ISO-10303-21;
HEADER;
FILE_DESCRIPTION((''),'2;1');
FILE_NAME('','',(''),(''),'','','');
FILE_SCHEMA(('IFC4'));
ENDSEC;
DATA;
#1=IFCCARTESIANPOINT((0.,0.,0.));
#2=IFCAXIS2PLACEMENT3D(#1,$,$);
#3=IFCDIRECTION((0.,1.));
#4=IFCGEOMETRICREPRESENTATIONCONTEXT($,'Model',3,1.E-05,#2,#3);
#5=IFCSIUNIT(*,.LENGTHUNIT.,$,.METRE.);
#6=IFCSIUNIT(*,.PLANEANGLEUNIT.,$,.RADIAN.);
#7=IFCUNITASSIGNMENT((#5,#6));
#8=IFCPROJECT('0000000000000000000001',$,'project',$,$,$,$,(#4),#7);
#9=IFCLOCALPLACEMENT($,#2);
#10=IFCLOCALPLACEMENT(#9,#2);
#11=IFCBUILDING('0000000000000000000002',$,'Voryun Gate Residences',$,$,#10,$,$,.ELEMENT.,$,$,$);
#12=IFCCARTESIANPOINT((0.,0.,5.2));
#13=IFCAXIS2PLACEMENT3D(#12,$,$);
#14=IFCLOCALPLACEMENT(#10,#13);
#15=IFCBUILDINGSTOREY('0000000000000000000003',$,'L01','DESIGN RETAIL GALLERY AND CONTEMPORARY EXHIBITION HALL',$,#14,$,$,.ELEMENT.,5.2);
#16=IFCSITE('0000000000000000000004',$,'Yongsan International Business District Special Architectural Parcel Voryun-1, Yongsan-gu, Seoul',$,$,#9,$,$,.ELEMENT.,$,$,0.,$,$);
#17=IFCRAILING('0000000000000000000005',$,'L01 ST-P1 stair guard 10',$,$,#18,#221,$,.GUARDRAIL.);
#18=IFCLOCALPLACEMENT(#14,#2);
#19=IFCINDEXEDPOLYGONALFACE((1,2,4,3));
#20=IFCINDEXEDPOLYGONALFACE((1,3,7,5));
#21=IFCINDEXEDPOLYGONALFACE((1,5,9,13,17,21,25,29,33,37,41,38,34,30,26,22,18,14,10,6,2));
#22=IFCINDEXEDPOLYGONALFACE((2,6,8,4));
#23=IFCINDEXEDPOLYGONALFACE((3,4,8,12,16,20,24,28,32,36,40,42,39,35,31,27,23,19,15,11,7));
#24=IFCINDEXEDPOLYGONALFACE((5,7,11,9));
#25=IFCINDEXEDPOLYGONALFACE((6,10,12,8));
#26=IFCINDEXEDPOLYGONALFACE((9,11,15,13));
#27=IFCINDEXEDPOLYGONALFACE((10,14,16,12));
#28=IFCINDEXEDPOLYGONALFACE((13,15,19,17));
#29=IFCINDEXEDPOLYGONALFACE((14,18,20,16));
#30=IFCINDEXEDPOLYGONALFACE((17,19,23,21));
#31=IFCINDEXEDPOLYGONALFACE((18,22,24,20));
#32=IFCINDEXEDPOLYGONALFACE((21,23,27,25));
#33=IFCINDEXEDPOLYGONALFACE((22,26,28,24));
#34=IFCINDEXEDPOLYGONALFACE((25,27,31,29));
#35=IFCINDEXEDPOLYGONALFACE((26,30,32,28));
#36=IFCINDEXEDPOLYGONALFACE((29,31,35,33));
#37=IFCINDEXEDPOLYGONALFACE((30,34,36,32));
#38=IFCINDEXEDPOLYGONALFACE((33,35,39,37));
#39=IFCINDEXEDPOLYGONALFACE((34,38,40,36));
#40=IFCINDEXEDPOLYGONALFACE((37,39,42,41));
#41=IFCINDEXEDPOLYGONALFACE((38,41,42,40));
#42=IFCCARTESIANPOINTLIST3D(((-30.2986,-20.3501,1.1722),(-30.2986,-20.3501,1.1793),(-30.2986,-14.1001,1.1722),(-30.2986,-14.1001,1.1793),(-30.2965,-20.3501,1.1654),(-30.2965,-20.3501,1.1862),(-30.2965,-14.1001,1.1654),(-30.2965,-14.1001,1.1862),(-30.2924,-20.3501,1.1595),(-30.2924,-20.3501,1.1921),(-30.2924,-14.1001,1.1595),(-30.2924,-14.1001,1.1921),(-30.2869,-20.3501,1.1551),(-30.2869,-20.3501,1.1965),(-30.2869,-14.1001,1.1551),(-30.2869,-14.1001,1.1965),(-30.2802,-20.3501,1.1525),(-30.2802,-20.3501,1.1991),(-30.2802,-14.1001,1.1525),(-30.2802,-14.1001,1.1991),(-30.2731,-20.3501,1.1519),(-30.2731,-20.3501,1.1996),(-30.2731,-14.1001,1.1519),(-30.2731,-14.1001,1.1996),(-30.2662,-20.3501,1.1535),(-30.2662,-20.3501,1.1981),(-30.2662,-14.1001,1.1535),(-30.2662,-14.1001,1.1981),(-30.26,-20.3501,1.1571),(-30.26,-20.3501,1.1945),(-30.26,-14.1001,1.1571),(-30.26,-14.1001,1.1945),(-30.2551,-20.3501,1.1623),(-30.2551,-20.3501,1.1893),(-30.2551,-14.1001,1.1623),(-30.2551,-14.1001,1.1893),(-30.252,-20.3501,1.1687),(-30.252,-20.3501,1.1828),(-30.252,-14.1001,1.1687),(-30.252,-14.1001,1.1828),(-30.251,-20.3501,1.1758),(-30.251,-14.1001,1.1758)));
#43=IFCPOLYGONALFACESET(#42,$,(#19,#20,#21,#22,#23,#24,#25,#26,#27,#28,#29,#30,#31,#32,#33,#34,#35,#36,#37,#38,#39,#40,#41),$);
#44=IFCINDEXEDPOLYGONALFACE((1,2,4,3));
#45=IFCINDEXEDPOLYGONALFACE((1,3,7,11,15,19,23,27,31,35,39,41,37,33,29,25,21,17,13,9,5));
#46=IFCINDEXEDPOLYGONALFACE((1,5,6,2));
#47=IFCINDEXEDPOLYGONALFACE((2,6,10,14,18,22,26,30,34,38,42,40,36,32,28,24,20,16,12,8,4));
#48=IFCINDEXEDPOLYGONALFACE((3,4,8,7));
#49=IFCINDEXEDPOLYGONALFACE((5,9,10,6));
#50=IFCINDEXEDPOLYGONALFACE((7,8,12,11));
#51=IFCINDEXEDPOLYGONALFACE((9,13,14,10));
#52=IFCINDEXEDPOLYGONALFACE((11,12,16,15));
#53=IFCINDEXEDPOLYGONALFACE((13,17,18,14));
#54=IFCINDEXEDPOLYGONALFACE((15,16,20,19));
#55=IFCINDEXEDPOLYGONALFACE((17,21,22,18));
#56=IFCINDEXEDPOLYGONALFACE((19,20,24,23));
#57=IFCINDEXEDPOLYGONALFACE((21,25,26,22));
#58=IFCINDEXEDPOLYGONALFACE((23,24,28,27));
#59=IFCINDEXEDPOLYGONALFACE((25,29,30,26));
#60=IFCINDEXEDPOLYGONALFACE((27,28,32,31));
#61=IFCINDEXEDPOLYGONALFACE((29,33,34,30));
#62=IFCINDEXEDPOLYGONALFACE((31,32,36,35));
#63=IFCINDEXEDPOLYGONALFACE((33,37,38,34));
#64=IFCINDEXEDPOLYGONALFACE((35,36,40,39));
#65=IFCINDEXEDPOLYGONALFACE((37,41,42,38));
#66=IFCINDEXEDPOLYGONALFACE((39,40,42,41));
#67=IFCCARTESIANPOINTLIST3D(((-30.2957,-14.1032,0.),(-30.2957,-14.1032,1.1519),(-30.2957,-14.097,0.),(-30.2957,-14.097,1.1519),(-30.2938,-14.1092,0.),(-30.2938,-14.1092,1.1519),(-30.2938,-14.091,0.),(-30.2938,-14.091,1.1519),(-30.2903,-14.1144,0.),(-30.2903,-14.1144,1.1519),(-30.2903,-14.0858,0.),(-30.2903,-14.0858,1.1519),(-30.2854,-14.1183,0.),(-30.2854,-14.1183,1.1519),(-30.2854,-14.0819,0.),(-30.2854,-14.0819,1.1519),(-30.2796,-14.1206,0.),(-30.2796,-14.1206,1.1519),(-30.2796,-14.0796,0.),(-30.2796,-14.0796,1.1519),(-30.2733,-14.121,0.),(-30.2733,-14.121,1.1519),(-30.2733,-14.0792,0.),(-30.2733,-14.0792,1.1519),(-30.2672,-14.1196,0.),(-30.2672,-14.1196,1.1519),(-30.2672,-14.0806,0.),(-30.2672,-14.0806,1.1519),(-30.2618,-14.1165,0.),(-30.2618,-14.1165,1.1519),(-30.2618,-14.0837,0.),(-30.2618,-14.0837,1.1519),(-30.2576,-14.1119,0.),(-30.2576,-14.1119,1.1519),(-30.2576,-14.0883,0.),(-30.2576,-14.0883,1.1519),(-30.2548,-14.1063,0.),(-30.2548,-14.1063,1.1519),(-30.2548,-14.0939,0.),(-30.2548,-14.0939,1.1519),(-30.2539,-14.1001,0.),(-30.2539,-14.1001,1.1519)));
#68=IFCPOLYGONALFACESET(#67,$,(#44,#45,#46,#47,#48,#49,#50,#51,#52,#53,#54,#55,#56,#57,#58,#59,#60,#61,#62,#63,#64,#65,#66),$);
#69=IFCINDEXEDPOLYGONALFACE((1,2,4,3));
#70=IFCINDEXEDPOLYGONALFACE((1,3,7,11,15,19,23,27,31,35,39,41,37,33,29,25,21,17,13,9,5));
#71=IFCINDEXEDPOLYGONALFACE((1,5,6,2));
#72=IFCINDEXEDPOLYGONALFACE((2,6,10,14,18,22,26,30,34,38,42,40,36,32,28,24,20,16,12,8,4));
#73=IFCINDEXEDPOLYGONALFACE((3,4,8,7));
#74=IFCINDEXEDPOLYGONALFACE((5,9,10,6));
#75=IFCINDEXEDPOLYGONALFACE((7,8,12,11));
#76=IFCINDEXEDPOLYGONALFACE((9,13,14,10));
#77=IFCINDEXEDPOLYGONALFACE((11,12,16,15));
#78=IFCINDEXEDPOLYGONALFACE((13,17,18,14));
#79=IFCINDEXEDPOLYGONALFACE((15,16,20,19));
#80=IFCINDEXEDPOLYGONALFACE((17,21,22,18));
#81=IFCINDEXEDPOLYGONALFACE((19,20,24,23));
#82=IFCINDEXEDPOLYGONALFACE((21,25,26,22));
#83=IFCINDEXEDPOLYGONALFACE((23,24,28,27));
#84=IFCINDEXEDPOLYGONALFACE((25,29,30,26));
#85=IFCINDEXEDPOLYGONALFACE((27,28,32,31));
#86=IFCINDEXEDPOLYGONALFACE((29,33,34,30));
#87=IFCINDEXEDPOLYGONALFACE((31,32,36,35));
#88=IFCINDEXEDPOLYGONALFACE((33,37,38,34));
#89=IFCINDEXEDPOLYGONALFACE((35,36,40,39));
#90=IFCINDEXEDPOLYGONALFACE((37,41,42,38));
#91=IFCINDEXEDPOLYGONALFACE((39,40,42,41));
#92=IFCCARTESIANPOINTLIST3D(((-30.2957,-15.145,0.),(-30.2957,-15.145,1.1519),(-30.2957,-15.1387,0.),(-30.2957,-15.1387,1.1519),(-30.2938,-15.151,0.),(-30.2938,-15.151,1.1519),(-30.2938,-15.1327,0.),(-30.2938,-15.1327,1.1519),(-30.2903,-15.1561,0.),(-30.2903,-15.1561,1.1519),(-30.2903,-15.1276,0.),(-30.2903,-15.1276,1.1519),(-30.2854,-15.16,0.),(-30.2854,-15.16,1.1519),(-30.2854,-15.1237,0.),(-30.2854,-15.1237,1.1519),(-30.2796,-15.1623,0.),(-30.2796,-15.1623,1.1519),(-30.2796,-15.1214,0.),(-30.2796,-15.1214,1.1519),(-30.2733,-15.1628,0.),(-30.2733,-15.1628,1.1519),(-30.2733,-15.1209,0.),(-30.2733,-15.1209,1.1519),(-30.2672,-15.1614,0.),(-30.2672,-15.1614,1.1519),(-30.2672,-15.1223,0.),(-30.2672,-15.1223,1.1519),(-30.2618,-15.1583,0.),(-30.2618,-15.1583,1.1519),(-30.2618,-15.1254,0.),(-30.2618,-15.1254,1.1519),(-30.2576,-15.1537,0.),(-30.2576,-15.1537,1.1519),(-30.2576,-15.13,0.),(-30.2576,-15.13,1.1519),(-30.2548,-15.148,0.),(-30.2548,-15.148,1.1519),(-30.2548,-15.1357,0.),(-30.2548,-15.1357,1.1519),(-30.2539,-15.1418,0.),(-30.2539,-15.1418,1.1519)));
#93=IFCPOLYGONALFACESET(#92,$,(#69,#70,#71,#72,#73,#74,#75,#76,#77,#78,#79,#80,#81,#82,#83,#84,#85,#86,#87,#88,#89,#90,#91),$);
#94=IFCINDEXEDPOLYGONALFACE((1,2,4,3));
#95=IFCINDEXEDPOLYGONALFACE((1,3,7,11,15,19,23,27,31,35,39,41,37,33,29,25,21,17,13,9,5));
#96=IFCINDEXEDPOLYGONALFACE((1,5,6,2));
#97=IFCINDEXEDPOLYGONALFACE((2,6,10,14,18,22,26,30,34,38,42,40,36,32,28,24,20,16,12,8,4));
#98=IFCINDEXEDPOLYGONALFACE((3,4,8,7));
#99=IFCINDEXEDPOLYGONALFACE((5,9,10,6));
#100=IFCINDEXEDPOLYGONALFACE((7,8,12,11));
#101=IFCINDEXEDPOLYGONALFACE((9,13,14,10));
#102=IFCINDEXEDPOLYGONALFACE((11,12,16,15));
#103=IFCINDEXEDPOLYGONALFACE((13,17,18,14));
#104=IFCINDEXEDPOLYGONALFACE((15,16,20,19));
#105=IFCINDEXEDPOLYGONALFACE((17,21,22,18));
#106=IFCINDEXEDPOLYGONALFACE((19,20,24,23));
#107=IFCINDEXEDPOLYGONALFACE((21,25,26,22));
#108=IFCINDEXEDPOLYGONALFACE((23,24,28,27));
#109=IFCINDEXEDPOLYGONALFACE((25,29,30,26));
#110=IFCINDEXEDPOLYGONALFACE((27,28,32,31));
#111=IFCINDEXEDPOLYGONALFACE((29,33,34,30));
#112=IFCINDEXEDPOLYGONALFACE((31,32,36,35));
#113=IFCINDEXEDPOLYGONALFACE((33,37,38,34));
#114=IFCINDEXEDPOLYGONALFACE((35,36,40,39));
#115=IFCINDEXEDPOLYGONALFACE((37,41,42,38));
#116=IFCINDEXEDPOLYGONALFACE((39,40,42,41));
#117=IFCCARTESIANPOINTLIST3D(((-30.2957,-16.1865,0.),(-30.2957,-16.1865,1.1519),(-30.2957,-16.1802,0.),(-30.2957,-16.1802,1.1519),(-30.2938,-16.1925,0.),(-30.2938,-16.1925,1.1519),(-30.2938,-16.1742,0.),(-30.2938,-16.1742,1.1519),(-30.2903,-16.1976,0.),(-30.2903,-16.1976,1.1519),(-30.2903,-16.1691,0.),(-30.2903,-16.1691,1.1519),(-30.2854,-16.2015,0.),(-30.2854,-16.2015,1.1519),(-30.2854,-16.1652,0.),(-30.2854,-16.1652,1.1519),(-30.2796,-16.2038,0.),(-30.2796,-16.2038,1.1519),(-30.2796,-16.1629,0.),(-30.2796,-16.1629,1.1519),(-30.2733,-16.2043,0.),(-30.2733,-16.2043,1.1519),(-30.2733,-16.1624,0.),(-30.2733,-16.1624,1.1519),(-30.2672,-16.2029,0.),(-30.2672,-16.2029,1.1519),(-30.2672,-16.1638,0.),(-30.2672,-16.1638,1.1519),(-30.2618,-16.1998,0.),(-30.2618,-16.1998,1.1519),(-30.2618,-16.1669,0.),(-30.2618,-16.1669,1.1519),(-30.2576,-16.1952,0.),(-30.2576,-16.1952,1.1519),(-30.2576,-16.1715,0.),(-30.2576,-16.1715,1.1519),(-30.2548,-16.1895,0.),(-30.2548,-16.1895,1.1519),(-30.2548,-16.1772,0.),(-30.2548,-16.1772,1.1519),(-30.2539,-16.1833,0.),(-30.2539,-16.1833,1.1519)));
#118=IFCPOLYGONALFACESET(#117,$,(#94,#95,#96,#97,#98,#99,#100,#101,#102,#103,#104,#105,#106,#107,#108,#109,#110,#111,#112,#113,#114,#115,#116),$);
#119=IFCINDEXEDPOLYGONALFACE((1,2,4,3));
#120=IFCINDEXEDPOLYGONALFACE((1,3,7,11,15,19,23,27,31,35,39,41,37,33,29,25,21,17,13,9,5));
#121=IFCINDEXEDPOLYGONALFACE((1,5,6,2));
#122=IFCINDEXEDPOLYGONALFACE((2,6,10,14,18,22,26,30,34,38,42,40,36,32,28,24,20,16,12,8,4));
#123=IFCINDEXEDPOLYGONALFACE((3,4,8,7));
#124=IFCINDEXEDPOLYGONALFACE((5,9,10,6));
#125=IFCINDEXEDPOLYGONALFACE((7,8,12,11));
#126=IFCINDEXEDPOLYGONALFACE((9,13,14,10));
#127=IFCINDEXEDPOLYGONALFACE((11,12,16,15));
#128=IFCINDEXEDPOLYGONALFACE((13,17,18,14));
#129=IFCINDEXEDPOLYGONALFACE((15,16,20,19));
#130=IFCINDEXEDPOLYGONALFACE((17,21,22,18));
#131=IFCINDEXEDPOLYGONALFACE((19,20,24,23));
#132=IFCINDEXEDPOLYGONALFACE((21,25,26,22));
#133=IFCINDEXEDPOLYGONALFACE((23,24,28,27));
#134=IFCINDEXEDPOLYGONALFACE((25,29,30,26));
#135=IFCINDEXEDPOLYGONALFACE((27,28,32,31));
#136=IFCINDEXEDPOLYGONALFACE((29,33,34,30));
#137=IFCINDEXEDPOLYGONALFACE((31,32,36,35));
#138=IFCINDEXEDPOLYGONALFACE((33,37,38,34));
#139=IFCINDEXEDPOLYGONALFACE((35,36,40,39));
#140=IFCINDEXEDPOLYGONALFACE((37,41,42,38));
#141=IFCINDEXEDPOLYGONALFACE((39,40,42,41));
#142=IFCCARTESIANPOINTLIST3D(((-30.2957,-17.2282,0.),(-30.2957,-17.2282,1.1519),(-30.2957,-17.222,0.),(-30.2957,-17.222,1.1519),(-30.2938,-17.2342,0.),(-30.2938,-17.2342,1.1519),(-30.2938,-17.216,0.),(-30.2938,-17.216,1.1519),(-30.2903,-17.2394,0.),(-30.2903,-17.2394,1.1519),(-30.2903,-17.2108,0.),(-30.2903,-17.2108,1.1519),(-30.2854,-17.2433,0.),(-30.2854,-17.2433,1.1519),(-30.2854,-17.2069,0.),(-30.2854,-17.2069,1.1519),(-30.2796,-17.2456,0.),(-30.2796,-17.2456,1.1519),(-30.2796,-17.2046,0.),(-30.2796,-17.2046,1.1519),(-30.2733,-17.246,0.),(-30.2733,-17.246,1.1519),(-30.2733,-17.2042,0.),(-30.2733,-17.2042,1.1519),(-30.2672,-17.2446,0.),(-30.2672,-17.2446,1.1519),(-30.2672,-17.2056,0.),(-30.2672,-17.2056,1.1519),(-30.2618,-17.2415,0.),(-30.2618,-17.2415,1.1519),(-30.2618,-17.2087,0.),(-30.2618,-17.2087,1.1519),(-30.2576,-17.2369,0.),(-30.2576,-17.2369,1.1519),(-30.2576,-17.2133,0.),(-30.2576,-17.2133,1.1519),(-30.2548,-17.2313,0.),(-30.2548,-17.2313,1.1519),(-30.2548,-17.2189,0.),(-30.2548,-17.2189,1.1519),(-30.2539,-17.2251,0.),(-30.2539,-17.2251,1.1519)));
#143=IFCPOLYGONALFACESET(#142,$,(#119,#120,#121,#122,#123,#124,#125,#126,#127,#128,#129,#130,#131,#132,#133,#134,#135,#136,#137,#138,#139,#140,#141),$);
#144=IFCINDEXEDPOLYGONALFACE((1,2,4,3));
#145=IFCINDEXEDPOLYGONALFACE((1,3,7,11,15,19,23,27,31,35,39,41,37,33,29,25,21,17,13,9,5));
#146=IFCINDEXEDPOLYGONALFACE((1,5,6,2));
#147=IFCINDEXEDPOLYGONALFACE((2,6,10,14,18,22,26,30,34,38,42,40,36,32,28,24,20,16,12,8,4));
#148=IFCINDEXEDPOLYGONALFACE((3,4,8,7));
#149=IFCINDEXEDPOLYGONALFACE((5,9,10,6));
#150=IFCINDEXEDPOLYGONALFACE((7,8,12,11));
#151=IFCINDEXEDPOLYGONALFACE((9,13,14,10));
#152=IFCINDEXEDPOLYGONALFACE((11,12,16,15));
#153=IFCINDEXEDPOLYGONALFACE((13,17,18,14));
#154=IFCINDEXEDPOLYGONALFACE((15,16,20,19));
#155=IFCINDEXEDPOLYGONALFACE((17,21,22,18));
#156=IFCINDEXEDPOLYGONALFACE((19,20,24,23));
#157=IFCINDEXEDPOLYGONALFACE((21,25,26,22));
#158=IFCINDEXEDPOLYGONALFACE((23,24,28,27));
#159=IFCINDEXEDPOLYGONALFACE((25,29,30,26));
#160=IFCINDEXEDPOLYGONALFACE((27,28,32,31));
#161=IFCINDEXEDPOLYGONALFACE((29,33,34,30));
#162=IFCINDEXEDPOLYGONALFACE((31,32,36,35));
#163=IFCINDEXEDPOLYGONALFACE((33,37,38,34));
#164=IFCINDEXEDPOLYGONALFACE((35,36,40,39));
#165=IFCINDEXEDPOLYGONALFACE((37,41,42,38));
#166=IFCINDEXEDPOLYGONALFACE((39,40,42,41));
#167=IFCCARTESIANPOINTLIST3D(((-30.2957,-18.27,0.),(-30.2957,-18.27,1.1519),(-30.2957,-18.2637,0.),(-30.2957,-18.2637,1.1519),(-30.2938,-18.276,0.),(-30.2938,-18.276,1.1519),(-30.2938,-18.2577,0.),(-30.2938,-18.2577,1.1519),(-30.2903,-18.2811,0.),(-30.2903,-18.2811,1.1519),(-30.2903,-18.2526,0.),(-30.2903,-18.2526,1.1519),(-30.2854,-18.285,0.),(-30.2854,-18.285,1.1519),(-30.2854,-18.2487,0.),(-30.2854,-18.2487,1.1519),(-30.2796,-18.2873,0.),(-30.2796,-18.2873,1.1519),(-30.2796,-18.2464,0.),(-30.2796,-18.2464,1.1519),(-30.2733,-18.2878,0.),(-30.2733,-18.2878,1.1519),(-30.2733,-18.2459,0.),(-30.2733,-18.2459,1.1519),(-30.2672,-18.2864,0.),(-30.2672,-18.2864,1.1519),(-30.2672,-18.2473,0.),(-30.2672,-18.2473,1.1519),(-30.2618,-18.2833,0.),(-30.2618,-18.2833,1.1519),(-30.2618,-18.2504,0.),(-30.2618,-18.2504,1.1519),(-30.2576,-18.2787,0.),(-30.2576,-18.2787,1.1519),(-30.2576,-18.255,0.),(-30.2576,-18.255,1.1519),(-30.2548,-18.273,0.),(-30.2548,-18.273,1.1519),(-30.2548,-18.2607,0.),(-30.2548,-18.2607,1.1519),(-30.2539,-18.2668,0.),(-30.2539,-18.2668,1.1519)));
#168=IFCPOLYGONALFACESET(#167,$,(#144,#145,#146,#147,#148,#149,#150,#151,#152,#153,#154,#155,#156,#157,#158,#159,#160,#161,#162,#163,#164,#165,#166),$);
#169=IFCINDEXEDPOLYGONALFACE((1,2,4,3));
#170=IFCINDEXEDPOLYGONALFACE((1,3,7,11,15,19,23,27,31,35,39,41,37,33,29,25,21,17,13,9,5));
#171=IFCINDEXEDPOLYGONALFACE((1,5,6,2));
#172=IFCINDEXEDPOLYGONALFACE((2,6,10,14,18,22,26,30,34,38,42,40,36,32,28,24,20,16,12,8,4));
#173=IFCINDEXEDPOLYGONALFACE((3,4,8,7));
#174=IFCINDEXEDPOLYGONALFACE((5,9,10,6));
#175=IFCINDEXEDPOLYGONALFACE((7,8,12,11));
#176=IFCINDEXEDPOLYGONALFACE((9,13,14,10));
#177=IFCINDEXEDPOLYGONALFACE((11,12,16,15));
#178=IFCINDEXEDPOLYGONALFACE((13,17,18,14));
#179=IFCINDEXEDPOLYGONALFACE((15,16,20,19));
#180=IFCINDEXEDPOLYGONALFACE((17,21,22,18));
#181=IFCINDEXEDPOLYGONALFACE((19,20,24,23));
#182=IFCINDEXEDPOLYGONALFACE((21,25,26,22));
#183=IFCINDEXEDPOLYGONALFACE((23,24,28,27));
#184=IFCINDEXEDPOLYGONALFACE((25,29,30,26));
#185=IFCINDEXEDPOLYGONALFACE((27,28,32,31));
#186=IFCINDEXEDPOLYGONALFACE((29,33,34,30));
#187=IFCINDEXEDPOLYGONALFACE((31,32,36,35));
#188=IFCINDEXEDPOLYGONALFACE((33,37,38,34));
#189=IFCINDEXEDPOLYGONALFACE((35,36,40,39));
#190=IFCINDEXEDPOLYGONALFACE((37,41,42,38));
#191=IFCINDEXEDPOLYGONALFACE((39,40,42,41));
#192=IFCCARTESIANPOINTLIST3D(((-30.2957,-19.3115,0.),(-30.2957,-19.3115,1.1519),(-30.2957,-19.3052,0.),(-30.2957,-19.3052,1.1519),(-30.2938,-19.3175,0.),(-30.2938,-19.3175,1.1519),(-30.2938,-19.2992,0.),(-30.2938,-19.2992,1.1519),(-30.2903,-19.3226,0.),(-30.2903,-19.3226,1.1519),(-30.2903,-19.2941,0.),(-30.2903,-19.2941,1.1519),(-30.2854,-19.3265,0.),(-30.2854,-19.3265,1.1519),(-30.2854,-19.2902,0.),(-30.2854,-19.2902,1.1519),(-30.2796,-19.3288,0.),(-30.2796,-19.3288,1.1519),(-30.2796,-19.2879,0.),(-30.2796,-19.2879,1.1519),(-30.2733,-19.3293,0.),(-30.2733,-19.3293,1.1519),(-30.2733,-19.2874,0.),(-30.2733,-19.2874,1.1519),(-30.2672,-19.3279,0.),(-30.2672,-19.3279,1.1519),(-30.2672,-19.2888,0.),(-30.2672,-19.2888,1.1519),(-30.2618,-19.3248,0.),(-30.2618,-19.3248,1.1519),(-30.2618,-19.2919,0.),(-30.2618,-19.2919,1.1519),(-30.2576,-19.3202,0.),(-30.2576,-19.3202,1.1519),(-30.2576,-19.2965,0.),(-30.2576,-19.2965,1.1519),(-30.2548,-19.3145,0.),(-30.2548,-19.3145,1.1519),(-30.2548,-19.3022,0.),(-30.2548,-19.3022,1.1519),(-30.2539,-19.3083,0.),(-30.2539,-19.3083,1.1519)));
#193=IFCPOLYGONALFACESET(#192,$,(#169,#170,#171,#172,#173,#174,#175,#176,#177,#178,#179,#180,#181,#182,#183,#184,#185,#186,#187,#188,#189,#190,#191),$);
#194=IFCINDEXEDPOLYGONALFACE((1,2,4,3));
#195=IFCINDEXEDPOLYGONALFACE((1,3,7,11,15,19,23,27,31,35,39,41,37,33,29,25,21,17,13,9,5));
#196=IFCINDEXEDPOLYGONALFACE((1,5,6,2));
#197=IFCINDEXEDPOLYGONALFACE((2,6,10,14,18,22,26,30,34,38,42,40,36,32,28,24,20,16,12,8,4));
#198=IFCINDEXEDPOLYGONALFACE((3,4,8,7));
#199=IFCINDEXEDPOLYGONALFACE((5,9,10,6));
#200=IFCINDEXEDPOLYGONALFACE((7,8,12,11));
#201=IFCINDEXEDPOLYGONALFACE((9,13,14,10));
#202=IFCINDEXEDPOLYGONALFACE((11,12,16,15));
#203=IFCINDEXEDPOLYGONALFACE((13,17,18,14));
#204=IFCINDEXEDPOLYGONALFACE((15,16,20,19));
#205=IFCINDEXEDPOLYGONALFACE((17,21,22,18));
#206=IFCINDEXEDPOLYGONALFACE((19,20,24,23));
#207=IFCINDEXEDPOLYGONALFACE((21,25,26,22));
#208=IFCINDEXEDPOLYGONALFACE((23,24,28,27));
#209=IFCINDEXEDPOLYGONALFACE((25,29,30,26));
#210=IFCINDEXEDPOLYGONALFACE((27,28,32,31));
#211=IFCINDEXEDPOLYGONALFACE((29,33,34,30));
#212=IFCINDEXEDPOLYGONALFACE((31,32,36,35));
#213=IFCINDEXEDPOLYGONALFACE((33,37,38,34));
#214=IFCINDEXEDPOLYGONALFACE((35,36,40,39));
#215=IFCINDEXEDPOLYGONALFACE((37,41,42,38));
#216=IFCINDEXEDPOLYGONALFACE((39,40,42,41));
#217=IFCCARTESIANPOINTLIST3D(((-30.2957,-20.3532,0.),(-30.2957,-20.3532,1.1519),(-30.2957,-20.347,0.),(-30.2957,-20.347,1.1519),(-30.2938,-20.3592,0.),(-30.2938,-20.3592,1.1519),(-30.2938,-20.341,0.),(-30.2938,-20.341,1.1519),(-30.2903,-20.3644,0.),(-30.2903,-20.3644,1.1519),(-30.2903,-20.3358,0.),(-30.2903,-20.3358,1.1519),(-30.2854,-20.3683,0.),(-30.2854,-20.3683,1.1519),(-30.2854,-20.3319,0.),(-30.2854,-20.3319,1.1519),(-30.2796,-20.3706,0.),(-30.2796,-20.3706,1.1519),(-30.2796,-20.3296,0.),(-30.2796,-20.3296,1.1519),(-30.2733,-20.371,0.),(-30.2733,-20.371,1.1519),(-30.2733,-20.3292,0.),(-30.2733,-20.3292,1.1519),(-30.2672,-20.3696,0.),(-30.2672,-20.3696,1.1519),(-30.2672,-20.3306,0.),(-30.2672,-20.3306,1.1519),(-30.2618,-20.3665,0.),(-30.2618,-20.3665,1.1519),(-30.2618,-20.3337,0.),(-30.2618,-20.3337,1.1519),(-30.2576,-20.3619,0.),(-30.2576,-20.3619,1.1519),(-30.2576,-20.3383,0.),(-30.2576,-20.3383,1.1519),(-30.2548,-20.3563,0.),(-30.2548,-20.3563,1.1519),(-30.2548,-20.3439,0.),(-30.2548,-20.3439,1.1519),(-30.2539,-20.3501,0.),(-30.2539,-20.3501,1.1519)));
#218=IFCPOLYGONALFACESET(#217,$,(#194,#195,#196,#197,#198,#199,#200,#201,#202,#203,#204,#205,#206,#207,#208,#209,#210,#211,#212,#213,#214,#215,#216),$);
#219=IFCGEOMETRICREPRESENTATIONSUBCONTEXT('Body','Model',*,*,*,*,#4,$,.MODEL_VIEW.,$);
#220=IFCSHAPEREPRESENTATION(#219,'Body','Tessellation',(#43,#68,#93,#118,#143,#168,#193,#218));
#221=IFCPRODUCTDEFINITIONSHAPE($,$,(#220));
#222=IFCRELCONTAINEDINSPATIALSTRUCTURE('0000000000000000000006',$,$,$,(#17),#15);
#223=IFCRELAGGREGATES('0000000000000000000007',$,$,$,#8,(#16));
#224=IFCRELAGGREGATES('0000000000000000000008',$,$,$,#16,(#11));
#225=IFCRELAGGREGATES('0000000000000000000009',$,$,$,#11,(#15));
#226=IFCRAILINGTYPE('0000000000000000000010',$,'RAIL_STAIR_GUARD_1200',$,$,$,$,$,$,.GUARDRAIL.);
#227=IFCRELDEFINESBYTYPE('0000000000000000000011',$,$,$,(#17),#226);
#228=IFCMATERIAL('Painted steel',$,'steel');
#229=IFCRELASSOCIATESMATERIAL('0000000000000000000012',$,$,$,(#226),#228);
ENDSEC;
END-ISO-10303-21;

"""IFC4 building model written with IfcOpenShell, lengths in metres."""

from ifc_helpers import new_model, si_unit, direction, frame, origin, origin_2d, place, context, subcontext, project, spatial, circle, extrude, material, type_object, element, save


model = new_model("IFC4")

# Units and contexts
model_context = context("Model", 3, precision=1e-05, world=origin(), true_north=direction((0.0, 1.0)))
body_context = subcontext(model_context, "Body", "Model", "MODEL_VIEW")
ifc_project = project(units=[si_unit("LENGTHUNIT", "METRE"), si_unit("PLANEANGLEUNIT", "RADIAN")], contexts=[model_context])

# Site, building, storey
site_placement = place(None, origin())
site = spatial("IfcSite", under=ifc_project, at=site_placement, Name="Yongsan International Business District Special Architectural Parcel Voryun-1, Yongsan-gu, Seoul", CompositionType="ELEMENT", RefElevation=0.0)
building_placement = place(site_placement, origin())
building = spatial("IfcBuilding", under=site, at=building_placement, Name="Voryun Gate Residences", CompositionType="ELEMENT")
storey_placement = place(building_placement, frame((0.0, 0.0, 5.2)))
storey = spatial("IfcBuildingStorey", under=building, at=storey_placement, Name="L01", Description="DESIGN RETAIL GALLERY AND CONTEMPORARY EXHIBITION HALL", CompositionType="ELEMENT", Elevation=5.2)

# Railing
ifc_material_1 = material(Name="Painted steel", Category="steel")
railing_type = type_object("IfcRailingType", Name="RAIL_STAIR_GUARD_1200", PredefinedType="GUARDRAIL", material=ifc_material_1)
railing_1_placement = place(storey_placement, frame((-30.2749, -14.1001, 0.0)))
element("IfcRailing", 1, at=railing_1_placement, inside=storey, type_object=railing_type, Name="L01 ST-P1 stair guard 10", PredefinedType="GUARDRAIL", context=body_context, shape_type="SweptSolid", body=[
    extrude(circle(Radius=0.0239, at=origin_2d()), frame((0.0, 0.0, 1.1758), z_axis=(0.0, -1.0, 0.0), x_axis=(1.0, 0.0, 0.0)), (0.0, 0.0, 1.0), 6.25),
    extrude(circle(Radius=0.021, at=origin_2d()), origin(), (0.0, 0.0, 1.0), 1.1519),
    extrude(circle(Radius=0.021, at=origin_2d()), frame((0.0, -1.0417, 0.0)), (0.0, 0.0, 1.0), 1.1519),
    extrude(circle(Radius=0.021, at=origin_2d()), frame((0.0, -2.0833, 0.0)), (0.0, 0.0, 1.0), 1.1519),
    extrude(circle(Radius=0.021, at=origin_2d()), frame((0.0, -3.125, 0.0)), (0.0, 0.0, 1.0), 1.1519),
    extrude(circle(Radius=0.021, at=origin_2d()), frame((0.0, -4.1667, 0.0)), (0.0, 0.0, 1.0), 1.1519),
    extrude(circle(Radius=0.021, at=origin_2d()), frame((0.0, -5.2083, 0.0)), (0.0, 0.0, 1.0), 1.1519),
    extrude(circle(Radius=0.021, at=origin_2d()), frame((0.0, -6.25, 0.0)), (0.0, 0.0, 1.0), 1.1519),
])

save(model, "model.ifc")
